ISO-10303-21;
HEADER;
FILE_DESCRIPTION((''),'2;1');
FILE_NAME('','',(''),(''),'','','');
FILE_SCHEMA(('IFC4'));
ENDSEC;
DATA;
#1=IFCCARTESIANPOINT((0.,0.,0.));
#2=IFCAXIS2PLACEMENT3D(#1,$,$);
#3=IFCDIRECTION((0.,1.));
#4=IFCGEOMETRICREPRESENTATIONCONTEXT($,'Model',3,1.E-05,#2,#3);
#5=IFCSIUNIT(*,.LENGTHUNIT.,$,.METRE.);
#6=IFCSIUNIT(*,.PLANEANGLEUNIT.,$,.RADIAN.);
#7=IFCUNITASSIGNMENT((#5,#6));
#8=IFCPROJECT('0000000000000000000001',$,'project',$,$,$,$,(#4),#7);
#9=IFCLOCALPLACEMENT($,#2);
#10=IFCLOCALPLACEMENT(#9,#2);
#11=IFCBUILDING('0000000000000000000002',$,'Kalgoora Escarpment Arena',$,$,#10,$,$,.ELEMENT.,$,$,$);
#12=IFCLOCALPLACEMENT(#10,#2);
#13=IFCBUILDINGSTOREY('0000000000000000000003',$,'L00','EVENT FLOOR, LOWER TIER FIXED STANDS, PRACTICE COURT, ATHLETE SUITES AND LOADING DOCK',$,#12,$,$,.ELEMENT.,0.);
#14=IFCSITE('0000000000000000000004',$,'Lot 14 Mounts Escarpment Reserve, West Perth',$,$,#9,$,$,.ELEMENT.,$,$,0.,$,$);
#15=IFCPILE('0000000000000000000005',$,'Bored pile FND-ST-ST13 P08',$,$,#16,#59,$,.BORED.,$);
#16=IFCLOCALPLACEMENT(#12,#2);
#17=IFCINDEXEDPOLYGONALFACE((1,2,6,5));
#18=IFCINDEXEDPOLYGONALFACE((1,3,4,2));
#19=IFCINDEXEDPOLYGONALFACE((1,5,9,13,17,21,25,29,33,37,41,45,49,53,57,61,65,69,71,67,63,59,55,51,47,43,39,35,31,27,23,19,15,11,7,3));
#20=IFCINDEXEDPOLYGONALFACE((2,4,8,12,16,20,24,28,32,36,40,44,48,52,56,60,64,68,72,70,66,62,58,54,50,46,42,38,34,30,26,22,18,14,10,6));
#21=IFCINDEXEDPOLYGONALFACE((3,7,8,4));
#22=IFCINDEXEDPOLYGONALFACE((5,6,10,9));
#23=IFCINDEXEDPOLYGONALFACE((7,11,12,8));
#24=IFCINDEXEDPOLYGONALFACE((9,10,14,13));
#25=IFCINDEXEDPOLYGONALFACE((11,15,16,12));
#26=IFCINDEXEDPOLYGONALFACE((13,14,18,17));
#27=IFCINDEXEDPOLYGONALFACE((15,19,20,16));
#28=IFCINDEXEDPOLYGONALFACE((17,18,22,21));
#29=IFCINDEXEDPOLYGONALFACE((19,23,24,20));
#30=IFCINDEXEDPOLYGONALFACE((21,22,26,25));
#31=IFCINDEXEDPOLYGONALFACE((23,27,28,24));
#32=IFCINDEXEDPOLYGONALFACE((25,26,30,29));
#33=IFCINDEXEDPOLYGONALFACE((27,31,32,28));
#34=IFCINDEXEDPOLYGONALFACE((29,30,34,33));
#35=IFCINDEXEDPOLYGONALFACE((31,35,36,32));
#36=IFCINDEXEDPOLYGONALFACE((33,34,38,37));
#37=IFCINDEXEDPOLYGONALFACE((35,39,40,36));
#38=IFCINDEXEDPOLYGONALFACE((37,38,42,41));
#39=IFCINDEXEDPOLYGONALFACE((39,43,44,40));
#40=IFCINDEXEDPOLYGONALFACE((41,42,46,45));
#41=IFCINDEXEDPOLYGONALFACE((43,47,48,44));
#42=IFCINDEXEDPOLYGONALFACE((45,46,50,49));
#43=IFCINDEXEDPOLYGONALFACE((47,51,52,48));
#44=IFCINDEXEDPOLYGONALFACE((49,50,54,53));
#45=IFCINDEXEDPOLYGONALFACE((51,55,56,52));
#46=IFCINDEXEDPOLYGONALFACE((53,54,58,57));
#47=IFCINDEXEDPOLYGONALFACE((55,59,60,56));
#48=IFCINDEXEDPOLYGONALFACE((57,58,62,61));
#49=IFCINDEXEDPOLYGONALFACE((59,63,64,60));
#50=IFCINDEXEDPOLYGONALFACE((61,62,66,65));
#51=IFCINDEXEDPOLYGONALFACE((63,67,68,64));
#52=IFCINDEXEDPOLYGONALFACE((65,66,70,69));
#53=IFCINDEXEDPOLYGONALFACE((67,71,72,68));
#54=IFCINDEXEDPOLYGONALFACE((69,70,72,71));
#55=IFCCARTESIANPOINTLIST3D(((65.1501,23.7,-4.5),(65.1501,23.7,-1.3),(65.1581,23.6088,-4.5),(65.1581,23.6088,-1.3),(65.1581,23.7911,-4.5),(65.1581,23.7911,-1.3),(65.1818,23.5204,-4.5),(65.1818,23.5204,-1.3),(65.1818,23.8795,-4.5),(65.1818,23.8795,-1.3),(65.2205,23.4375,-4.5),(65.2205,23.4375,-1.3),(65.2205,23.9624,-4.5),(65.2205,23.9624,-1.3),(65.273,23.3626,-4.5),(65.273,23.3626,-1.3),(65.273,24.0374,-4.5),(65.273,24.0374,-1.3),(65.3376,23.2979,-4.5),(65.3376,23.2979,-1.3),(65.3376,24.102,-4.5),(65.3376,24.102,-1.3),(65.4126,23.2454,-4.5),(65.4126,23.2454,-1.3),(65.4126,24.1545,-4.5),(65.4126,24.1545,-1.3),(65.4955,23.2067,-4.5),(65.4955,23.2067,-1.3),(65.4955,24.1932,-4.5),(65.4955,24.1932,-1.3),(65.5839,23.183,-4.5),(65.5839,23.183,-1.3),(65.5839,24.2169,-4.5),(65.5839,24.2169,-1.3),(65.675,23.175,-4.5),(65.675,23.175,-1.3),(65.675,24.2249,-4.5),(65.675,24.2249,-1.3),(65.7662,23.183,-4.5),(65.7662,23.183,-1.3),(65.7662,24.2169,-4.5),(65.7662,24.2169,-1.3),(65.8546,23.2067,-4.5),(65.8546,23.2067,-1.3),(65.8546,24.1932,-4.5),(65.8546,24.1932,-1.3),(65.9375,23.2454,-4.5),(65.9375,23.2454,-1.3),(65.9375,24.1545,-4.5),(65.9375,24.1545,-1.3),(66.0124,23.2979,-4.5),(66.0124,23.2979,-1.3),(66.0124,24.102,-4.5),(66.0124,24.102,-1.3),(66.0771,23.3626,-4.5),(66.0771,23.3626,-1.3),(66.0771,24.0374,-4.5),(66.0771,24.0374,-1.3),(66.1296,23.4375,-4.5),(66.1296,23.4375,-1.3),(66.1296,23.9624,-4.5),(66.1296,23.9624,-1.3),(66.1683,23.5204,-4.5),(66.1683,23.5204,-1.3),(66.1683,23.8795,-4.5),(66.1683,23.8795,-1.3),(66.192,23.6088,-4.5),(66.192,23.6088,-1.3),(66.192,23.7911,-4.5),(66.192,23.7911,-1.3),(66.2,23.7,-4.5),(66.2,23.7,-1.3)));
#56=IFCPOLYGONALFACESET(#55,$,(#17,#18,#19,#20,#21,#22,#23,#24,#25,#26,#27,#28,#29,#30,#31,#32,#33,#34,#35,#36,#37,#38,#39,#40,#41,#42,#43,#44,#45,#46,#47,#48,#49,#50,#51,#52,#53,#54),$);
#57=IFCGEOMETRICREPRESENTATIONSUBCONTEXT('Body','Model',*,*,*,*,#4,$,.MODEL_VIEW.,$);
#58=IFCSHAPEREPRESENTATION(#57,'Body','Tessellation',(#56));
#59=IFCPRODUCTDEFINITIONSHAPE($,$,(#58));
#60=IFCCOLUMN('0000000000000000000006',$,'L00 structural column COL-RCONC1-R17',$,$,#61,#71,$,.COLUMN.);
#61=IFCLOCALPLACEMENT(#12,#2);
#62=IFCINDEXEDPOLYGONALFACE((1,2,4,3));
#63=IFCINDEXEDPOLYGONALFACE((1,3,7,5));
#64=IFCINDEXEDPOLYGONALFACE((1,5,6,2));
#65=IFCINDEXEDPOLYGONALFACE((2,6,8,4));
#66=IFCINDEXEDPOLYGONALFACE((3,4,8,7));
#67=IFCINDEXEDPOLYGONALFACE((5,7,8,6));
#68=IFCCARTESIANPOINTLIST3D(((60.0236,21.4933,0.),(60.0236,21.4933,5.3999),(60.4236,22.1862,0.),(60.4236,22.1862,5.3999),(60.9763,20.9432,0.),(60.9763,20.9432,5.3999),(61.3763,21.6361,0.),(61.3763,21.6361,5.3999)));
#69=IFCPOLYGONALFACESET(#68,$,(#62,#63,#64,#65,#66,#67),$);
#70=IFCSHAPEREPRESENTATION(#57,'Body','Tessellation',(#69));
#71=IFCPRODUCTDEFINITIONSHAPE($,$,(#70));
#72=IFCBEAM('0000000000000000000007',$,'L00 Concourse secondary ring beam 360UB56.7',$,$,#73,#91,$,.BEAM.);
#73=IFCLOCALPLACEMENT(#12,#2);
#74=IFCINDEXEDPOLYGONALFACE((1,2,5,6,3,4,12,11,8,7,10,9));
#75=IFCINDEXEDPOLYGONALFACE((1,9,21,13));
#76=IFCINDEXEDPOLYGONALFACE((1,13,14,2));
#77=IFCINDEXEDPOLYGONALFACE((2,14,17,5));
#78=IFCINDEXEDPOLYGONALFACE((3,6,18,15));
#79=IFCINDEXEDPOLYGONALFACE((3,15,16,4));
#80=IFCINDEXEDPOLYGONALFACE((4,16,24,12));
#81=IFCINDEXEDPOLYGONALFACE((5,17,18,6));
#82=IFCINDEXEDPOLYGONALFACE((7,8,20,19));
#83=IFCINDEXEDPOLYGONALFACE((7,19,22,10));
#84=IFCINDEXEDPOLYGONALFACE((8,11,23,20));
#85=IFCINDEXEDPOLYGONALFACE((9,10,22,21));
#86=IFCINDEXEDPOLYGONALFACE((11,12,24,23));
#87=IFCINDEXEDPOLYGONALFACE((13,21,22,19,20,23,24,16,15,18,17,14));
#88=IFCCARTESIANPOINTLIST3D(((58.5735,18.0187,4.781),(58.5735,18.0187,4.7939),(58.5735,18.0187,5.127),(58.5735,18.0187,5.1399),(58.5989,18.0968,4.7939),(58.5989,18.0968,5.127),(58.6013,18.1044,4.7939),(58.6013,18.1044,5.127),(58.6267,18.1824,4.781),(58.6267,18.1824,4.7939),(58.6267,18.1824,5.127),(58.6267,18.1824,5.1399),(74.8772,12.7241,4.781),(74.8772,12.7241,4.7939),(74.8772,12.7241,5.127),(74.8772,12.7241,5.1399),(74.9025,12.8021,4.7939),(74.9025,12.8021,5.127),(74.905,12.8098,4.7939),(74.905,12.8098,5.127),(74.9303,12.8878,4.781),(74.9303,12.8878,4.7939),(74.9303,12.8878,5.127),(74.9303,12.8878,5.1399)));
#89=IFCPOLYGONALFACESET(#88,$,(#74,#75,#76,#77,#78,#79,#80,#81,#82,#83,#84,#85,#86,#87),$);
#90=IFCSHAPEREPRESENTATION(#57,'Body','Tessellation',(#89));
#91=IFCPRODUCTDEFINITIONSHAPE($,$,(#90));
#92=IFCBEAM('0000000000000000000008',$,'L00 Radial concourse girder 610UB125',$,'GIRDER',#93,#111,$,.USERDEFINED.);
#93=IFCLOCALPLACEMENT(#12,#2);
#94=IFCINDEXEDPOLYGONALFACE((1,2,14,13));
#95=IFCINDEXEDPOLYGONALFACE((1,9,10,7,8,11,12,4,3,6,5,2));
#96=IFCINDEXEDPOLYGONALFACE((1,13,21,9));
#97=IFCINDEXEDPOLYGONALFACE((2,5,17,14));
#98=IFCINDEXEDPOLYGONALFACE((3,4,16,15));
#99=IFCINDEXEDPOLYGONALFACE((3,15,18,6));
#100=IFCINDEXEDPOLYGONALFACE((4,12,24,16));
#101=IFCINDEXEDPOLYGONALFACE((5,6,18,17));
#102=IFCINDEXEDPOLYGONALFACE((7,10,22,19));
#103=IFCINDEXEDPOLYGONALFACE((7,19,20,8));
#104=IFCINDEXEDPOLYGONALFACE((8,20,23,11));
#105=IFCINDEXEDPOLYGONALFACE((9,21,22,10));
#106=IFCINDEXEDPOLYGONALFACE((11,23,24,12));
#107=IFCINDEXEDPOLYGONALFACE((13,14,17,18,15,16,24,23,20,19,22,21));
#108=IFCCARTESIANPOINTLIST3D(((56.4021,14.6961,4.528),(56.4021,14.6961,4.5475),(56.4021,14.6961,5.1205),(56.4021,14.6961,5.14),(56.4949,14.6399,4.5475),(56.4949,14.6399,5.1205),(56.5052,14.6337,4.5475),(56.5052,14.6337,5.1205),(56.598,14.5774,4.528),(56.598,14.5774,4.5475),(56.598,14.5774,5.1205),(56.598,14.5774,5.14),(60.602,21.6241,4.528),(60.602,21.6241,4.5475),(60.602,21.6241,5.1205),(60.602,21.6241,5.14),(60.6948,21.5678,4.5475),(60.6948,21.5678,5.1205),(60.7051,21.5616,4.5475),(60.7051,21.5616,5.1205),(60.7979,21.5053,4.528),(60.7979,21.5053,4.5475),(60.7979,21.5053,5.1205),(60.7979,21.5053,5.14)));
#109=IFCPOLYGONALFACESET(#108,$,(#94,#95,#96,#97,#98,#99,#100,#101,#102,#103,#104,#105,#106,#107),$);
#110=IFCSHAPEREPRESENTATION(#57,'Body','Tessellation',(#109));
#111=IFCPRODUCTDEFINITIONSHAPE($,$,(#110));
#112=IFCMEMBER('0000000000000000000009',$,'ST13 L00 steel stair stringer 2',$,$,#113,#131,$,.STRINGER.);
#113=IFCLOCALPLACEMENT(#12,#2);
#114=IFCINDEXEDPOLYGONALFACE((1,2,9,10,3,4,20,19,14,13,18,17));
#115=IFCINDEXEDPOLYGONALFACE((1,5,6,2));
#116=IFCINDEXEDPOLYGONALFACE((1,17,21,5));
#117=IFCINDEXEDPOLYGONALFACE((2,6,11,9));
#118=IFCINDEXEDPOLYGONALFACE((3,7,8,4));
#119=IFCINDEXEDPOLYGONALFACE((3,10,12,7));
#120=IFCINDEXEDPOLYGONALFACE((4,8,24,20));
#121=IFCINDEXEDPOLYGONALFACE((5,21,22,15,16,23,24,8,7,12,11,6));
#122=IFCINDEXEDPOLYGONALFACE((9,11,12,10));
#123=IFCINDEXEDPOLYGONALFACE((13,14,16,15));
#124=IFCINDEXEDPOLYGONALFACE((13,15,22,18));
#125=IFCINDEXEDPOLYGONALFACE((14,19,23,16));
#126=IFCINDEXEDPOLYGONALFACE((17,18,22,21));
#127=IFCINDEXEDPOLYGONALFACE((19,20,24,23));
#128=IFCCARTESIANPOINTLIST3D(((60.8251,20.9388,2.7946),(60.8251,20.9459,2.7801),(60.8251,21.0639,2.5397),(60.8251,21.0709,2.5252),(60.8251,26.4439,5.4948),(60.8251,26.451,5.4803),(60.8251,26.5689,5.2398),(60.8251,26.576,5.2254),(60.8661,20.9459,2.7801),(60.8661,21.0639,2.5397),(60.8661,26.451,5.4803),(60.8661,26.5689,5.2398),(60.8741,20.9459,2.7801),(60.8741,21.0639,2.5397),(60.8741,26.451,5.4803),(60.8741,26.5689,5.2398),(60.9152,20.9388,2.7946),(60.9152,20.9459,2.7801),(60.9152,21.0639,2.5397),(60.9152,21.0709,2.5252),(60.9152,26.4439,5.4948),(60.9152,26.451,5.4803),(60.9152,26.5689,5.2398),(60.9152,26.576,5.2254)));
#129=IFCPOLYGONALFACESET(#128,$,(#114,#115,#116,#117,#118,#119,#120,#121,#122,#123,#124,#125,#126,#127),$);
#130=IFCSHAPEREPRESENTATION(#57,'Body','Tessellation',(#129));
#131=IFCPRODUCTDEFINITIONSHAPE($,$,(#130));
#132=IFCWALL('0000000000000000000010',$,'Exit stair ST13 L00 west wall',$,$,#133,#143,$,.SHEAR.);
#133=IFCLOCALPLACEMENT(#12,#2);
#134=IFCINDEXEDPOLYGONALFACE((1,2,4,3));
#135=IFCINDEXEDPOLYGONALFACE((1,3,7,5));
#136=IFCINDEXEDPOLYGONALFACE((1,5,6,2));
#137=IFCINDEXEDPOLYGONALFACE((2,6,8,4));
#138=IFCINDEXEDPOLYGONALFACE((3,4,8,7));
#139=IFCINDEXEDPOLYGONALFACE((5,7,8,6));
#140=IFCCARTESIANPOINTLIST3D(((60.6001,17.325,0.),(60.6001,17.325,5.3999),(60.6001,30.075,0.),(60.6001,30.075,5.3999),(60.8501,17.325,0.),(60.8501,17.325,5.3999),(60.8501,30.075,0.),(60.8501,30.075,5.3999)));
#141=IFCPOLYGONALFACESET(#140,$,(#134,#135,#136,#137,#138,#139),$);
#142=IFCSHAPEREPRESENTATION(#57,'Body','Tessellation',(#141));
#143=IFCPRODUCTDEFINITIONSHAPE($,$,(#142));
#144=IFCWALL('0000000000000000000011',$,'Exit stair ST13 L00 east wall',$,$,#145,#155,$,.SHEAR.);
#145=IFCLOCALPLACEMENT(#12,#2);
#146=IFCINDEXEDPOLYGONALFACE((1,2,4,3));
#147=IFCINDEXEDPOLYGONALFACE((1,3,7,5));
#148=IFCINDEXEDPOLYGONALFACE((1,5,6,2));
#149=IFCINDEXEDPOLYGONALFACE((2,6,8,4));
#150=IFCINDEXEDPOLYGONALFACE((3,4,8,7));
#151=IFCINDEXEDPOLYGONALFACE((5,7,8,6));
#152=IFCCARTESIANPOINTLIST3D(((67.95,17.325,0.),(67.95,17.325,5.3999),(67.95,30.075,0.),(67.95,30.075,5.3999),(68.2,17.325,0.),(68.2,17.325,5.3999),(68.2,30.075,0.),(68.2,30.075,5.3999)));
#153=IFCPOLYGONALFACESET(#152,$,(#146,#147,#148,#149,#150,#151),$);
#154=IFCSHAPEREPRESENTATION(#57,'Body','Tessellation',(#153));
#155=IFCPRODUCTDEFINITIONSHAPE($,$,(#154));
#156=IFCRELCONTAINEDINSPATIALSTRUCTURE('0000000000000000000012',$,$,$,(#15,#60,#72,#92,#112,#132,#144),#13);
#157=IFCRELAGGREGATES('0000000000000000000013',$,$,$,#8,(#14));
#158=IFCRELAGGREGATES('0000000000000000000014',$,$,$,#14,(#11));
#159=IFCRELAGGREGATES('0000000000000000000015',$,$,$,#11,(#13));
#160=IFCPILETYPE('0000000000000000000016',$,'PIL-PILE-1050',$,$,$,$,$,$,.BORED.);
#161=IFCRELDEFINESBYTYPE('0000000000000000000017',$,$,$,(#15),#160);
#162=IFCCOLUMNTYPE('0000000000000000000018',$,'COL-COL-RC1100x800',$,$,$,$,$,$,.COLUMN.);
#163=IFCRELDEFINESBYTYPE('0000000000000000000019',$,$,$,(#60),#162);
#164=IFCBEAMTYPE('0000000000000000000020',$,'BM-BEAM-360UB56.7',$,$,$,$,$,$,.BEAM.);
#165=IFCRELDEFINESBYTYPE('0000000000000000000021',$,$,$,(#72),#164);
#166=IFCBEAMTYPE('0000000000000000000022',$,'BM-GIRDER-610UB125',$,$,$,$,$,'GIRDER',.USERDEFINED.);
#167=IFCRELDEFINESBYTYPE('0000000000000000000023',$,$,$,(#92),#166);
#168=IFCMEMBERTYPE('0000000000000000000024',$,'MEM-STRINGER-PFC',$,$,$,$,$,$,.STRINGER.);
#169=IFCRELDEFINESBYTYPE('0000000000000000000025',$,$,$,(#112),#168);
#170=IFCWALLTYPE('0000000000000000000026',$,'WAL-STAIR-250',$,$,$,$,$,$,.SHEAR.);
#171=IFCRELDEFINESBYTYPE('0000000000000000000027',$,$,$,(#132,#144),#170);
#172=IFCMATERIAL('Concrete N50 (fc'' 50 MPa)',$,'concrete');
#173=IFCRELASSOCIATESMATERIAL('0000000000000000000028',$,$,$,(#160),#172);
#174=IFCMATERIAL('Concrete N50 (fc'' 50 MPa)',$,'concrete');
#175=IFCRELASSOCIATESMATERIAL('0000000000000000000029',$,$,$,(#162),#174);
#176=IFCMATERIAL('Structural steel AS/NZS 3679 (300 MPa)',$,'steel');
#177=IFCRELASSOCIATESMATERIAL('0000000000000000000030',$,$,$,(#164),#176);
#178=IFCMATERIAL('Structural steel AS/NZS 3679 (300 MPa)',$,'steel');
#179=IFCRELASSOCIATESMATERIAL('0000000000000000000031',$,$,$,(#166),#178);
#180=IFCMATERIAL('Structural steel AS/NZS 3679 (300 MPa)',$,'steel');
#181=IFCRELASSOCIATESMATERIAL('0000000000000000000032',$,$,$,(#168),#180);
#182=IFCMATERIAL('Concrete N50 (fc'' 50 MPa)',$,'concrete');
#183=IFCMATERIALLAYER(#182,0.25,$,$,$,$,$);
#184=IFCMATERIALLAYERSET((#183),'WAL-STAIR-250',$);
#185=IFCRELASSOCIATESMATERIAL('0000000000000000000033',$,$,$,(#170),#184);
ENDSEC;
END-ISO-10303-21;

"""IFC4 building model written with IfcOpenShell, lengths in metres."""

from ifc_helpers import new_model, si_unit, direction, frame, frame_2d, origin, origin_2d, place, context, subcontext, project, spatial, rectangle, circle, i_section, extrude, material, layer, layer_set, material_profile, profile_set, type_object, element, save


model = new_model("IFC4")

# Units and contexts
model_context = context("Model", 3, precision=1e-05, world=origin(), true_north=direction((0.0, 1.0)))
body_context = subcontext(model_context, "Body", "Model", "MODEL_VIEW")
ifc_project = project(units=[si_unit("LENGTHUNIT", "METRE"), si_unit("PLANEANGLEUNIT", "RADIAN")], contexts=[model_context])

# Site, building, storey
site_placement = place(None, origin())
site = spatial("IfcSite", under=ifc_project, at=site_placement, Name="Lot 14 Mounts Escarpment Reserve, West Perth", CompositionType="ELEMENT", RefElevation=0.0)
building_placement = place(site_placement, origin())
building = spatial("IfcBuilding", under=site, at=building_placement, Name="Kalgoora Escarpment Arena", CompositionType="ELEMENT")
storey_placement = place(building_placement, origin())
storey = spatial("IfcBuildingStorey", under=building, at=storey_placement, Name="L00", Description="EVENT FLOOR, LOWER TIER FIXED STANDS, PRACTICE COURT, ATHLETE SUITES AND LOADING DOCK", CompositionType="ELEMENT", Elevation=0.0)

# Pile
ifc_material_1 = material(Name="Concrete N50 (fc' 50 MPa)", Category="concrete")
ifc_material_profile_1 = material_profile(ifc_material_1, circle(Radius=0.5249, at=origin_2d()))
ifc_profile_set_1 = profile_set([ifc_material_profile_1], Name="Concrete N50 (fc' 50 MPa)")
pile_type = type_object("IfcPileType", Name="PIL-PILE-1050", PredefinedType="BORED", material=ifc_profile_set_1)
for number, where, z_axis, x_axis, name in (
    (1, (65.675, 23.7, -1.3), (0.0, 0.0, -1.0), (1.0, 0.0, 0.0), "Bored pile FND-ST-ST13 P08"),
):
    element("IfcPile", number, at=place(storey_placement, frame(where, z_axis=z_axis, x_axis=x_axis)), inside=storey, type_object=pile_type, Name=name, PredefinedType="BORED", context=body_context, shape_type="SweptSolid", body=[
        extrude(circle(Radius=0.5249, at=origin_2d()), origin(), (0.0, 0.0, 1.0), 3.2),
    ])

# Column
ifc_material_2 = material(Name="Concrete N50 (fc' 50 MPa)", Category="concrete")
ifc_material_profile_2 = material_profile(ifc_material_2, rectangle(XDim=0.8, YDim=1.1001, at=origin_2d()))
ifc_profile_set_2 = profile_set([ifc_material_profile_2], Name="Concrete N50 (fc' 50 MPa)")
column_type = type_object("IfcColumnType", Name="COL-COL-RC1100x800", PredefinedType="COLUMN", material=ifc_profile_set_2)
column_placement = place(storey_placement, frame((60.7, 21.5647, 0.0), z_axis=(0.0, 0.0, 1.0), x_axis=(-0.5, -0.866025, 0.0)))
element("IfcColumn", 2, at=column_placement, inside=storey, type_object=column_type, Name="L00 structural column COL-RCONC1-R17", PredefinedType="COLUMN", context=body_context, shape_type="SweptSolid", body=[
    extrude(rectangle(XDim=0.8, YDim=1.1001, at=origin_2d()), origin(), (0.0, 0.0, 1.0), 5.3999),
])

# Beams
ifc_material_3 = material(Name="Structural steel AS/NZS 3679 (300 MPa)", Category="steel")
ifc_material_profile_3 = material_profile(ifc_material_3, i_section(OverallWidth=0.1721, OverallDepth=0.3589, WebThickness=0.0081, FlangeThickness=0.0129, at=origin_2d()))
ifc_profile_set_3 = profile_set([ifc_material_profile_3], Name="Structural steel AS/NZS 3679 (300 MPa)")
beam_type_1 = type_object("IfcBeamType", Name="BM-BEAM-360UB56.7", PredefinedType="BEAM", material=ifc_profile_set_3)
beam_1_placement = place(storey_placement, frame((58.6001, 18.1006, 4.9604), z_axis=(0.951103, -0.308874, 0.0), x_axis=(0.308874, 0.951103, 0.0)))
element("IfcBeam", 3, at=beam_1_placement, inside=storey, type_object=beam_type_1, Name="L00 Concourse secondary ring beam 360UB56.7", PredefinedType="BEAM", context=body_context, shape_type="SweptSolid", body=[
    extrude(i_section(OverallWidth=0.1721, OverallDepth=0.3589, WebThickness=0.0081, FlangeThickness=0.0129, at=origin_2d()), origin(), (0.0, 0.0, 1.0), 17.1418),
])
ifc_material_4 = material(Name="Structural steel AS/NZS 3679 (300 MPa)", Category="steel")
ifc_material_profile_4 = material_profile(ifc_material_4, i_section(OverallWidth=0.229, OverallDepth=0.6121, WebThickness=0.012, FlangeThickness=0.0195, at=origin_2d()))
ifc_profile_set_4 = profile_set([ifc_material_profile_4], Name="Structural steel AS/NZS 3679 (300 MPa)")
beam_type_2 = type_object("IfcBeamType", Name="BM-GIRDER-610UB125", ElementType="GIRDER", PredefinedType="USERDEFINED", material=ifc_profile_set_4)
beam_2_placement = place(storey_placement, frame((60.7, 21.5647, 4.834), z_axis=(-0.518408, -0.855133, 0.0), x_axis=(0.855133, -0.518408, 0.0)))
element("IfcBeam", 4, at=beam_2_placement, inside=storey, type_object=beam_type_2, Name="L00 Radial concourse girder 610UB125", ObjectType="GIRDER", PredefinedType="USERDEFINED", context=body_context, shape_type="SweptSolid", body=[
    extrude(i_section(OverallWidth=0.229, OverallDepth=0.6121, WebThickness=0.012, FlangeThickness=0.0195, at=origin_2d()), origin(), (0.0, 0.0, 1.0), 8.1016),
])

# Member
ifc_material_5 = material(Name="Structural steel AS/NZS 3679 (300 MPa)", Category="steel")
ifc_material_profile_5 = material_profile(ifc_material_5, i_section(OverallWidth=0.0901, OverallDepth=0.3, WebThickness=0.0081, FlangeThickness=0.0161, at=origin_2d()))
ifc_profile_set_5 = profile_set([ifc_material_profile_5], Name="Structural steel AS/NZS 3679 (300 MPa)")
member_type = type_object("IfcMemberType", Name="MEM-STRINGER-PFC", PredefinedType="STRINGER", material=ifc_profile_set_5)
member_placement = place(storey_placement, frame((60.8701, 21.0049, 2.6599), z_axis=(0.0, 0.897817, 0.440368), x_axis=(-1.0, 0.0, 0.0)))
element("IfcMember", 5, at=member_placement, inside=storey, type_object=member_type, Name="ST13 L00 steel stair stringer 2", PredefinedType="STRINGER", context=body_context, shape_type="SweptSolid", body=[
    extrude(i_section(OverallWidth=0.0901, OverallDepth=0.3, WebThickness=0.0081, FlangeThickness=0.0161, at=origin_2d()), origin(), (0.0, 0.0, 1.0), 6.1316),
])

# Walls
ifc_material_6 = material(Name="Concrete N50 (fc' 50 MPa)", Category="concrete")
ifc_layer = layer(ifc_material_6, 0.25)
ifc_layer_set = layer_set([ifc_layer], Name="WAL-STAIR-250")
wall_type = type_object("IfcWallType", Name="WAL-STAIR-250", PredefinedType="SHEAR", material=ifc_layer_set)
for number, where, z_axis, x_axis, name in (
    (6, (60.7251, 17.325, 0.0), (0.0, 0.0, 1.0), (0.0, 1.0, 0.0), "Exit stair ST13 L00 west wall"),
    (7, (68.075, 17.325, 0.0), (0.0, 0.0, 1.0), (0.0, 1.0, 0.0), "Exit stair ST13 L00 east wall"),
):
    element("IfcWall", number, at=place(storey_placement, frame(where, z_axis=z_axis, x_axis=x_axis)), inside=storey, type_object=wall_type, Name=name, PredefinedType="SHEAR", context=body_context, shape_type="SweptSolid", body=[
        extrude(rectangle(XDim=12.75, YDim=0.25, at=frame_2d((6.375, 0.0))), origin(), (0.0, 0.0, 1.0), 5.3999),
    ])

save(model, "model.ifc")
